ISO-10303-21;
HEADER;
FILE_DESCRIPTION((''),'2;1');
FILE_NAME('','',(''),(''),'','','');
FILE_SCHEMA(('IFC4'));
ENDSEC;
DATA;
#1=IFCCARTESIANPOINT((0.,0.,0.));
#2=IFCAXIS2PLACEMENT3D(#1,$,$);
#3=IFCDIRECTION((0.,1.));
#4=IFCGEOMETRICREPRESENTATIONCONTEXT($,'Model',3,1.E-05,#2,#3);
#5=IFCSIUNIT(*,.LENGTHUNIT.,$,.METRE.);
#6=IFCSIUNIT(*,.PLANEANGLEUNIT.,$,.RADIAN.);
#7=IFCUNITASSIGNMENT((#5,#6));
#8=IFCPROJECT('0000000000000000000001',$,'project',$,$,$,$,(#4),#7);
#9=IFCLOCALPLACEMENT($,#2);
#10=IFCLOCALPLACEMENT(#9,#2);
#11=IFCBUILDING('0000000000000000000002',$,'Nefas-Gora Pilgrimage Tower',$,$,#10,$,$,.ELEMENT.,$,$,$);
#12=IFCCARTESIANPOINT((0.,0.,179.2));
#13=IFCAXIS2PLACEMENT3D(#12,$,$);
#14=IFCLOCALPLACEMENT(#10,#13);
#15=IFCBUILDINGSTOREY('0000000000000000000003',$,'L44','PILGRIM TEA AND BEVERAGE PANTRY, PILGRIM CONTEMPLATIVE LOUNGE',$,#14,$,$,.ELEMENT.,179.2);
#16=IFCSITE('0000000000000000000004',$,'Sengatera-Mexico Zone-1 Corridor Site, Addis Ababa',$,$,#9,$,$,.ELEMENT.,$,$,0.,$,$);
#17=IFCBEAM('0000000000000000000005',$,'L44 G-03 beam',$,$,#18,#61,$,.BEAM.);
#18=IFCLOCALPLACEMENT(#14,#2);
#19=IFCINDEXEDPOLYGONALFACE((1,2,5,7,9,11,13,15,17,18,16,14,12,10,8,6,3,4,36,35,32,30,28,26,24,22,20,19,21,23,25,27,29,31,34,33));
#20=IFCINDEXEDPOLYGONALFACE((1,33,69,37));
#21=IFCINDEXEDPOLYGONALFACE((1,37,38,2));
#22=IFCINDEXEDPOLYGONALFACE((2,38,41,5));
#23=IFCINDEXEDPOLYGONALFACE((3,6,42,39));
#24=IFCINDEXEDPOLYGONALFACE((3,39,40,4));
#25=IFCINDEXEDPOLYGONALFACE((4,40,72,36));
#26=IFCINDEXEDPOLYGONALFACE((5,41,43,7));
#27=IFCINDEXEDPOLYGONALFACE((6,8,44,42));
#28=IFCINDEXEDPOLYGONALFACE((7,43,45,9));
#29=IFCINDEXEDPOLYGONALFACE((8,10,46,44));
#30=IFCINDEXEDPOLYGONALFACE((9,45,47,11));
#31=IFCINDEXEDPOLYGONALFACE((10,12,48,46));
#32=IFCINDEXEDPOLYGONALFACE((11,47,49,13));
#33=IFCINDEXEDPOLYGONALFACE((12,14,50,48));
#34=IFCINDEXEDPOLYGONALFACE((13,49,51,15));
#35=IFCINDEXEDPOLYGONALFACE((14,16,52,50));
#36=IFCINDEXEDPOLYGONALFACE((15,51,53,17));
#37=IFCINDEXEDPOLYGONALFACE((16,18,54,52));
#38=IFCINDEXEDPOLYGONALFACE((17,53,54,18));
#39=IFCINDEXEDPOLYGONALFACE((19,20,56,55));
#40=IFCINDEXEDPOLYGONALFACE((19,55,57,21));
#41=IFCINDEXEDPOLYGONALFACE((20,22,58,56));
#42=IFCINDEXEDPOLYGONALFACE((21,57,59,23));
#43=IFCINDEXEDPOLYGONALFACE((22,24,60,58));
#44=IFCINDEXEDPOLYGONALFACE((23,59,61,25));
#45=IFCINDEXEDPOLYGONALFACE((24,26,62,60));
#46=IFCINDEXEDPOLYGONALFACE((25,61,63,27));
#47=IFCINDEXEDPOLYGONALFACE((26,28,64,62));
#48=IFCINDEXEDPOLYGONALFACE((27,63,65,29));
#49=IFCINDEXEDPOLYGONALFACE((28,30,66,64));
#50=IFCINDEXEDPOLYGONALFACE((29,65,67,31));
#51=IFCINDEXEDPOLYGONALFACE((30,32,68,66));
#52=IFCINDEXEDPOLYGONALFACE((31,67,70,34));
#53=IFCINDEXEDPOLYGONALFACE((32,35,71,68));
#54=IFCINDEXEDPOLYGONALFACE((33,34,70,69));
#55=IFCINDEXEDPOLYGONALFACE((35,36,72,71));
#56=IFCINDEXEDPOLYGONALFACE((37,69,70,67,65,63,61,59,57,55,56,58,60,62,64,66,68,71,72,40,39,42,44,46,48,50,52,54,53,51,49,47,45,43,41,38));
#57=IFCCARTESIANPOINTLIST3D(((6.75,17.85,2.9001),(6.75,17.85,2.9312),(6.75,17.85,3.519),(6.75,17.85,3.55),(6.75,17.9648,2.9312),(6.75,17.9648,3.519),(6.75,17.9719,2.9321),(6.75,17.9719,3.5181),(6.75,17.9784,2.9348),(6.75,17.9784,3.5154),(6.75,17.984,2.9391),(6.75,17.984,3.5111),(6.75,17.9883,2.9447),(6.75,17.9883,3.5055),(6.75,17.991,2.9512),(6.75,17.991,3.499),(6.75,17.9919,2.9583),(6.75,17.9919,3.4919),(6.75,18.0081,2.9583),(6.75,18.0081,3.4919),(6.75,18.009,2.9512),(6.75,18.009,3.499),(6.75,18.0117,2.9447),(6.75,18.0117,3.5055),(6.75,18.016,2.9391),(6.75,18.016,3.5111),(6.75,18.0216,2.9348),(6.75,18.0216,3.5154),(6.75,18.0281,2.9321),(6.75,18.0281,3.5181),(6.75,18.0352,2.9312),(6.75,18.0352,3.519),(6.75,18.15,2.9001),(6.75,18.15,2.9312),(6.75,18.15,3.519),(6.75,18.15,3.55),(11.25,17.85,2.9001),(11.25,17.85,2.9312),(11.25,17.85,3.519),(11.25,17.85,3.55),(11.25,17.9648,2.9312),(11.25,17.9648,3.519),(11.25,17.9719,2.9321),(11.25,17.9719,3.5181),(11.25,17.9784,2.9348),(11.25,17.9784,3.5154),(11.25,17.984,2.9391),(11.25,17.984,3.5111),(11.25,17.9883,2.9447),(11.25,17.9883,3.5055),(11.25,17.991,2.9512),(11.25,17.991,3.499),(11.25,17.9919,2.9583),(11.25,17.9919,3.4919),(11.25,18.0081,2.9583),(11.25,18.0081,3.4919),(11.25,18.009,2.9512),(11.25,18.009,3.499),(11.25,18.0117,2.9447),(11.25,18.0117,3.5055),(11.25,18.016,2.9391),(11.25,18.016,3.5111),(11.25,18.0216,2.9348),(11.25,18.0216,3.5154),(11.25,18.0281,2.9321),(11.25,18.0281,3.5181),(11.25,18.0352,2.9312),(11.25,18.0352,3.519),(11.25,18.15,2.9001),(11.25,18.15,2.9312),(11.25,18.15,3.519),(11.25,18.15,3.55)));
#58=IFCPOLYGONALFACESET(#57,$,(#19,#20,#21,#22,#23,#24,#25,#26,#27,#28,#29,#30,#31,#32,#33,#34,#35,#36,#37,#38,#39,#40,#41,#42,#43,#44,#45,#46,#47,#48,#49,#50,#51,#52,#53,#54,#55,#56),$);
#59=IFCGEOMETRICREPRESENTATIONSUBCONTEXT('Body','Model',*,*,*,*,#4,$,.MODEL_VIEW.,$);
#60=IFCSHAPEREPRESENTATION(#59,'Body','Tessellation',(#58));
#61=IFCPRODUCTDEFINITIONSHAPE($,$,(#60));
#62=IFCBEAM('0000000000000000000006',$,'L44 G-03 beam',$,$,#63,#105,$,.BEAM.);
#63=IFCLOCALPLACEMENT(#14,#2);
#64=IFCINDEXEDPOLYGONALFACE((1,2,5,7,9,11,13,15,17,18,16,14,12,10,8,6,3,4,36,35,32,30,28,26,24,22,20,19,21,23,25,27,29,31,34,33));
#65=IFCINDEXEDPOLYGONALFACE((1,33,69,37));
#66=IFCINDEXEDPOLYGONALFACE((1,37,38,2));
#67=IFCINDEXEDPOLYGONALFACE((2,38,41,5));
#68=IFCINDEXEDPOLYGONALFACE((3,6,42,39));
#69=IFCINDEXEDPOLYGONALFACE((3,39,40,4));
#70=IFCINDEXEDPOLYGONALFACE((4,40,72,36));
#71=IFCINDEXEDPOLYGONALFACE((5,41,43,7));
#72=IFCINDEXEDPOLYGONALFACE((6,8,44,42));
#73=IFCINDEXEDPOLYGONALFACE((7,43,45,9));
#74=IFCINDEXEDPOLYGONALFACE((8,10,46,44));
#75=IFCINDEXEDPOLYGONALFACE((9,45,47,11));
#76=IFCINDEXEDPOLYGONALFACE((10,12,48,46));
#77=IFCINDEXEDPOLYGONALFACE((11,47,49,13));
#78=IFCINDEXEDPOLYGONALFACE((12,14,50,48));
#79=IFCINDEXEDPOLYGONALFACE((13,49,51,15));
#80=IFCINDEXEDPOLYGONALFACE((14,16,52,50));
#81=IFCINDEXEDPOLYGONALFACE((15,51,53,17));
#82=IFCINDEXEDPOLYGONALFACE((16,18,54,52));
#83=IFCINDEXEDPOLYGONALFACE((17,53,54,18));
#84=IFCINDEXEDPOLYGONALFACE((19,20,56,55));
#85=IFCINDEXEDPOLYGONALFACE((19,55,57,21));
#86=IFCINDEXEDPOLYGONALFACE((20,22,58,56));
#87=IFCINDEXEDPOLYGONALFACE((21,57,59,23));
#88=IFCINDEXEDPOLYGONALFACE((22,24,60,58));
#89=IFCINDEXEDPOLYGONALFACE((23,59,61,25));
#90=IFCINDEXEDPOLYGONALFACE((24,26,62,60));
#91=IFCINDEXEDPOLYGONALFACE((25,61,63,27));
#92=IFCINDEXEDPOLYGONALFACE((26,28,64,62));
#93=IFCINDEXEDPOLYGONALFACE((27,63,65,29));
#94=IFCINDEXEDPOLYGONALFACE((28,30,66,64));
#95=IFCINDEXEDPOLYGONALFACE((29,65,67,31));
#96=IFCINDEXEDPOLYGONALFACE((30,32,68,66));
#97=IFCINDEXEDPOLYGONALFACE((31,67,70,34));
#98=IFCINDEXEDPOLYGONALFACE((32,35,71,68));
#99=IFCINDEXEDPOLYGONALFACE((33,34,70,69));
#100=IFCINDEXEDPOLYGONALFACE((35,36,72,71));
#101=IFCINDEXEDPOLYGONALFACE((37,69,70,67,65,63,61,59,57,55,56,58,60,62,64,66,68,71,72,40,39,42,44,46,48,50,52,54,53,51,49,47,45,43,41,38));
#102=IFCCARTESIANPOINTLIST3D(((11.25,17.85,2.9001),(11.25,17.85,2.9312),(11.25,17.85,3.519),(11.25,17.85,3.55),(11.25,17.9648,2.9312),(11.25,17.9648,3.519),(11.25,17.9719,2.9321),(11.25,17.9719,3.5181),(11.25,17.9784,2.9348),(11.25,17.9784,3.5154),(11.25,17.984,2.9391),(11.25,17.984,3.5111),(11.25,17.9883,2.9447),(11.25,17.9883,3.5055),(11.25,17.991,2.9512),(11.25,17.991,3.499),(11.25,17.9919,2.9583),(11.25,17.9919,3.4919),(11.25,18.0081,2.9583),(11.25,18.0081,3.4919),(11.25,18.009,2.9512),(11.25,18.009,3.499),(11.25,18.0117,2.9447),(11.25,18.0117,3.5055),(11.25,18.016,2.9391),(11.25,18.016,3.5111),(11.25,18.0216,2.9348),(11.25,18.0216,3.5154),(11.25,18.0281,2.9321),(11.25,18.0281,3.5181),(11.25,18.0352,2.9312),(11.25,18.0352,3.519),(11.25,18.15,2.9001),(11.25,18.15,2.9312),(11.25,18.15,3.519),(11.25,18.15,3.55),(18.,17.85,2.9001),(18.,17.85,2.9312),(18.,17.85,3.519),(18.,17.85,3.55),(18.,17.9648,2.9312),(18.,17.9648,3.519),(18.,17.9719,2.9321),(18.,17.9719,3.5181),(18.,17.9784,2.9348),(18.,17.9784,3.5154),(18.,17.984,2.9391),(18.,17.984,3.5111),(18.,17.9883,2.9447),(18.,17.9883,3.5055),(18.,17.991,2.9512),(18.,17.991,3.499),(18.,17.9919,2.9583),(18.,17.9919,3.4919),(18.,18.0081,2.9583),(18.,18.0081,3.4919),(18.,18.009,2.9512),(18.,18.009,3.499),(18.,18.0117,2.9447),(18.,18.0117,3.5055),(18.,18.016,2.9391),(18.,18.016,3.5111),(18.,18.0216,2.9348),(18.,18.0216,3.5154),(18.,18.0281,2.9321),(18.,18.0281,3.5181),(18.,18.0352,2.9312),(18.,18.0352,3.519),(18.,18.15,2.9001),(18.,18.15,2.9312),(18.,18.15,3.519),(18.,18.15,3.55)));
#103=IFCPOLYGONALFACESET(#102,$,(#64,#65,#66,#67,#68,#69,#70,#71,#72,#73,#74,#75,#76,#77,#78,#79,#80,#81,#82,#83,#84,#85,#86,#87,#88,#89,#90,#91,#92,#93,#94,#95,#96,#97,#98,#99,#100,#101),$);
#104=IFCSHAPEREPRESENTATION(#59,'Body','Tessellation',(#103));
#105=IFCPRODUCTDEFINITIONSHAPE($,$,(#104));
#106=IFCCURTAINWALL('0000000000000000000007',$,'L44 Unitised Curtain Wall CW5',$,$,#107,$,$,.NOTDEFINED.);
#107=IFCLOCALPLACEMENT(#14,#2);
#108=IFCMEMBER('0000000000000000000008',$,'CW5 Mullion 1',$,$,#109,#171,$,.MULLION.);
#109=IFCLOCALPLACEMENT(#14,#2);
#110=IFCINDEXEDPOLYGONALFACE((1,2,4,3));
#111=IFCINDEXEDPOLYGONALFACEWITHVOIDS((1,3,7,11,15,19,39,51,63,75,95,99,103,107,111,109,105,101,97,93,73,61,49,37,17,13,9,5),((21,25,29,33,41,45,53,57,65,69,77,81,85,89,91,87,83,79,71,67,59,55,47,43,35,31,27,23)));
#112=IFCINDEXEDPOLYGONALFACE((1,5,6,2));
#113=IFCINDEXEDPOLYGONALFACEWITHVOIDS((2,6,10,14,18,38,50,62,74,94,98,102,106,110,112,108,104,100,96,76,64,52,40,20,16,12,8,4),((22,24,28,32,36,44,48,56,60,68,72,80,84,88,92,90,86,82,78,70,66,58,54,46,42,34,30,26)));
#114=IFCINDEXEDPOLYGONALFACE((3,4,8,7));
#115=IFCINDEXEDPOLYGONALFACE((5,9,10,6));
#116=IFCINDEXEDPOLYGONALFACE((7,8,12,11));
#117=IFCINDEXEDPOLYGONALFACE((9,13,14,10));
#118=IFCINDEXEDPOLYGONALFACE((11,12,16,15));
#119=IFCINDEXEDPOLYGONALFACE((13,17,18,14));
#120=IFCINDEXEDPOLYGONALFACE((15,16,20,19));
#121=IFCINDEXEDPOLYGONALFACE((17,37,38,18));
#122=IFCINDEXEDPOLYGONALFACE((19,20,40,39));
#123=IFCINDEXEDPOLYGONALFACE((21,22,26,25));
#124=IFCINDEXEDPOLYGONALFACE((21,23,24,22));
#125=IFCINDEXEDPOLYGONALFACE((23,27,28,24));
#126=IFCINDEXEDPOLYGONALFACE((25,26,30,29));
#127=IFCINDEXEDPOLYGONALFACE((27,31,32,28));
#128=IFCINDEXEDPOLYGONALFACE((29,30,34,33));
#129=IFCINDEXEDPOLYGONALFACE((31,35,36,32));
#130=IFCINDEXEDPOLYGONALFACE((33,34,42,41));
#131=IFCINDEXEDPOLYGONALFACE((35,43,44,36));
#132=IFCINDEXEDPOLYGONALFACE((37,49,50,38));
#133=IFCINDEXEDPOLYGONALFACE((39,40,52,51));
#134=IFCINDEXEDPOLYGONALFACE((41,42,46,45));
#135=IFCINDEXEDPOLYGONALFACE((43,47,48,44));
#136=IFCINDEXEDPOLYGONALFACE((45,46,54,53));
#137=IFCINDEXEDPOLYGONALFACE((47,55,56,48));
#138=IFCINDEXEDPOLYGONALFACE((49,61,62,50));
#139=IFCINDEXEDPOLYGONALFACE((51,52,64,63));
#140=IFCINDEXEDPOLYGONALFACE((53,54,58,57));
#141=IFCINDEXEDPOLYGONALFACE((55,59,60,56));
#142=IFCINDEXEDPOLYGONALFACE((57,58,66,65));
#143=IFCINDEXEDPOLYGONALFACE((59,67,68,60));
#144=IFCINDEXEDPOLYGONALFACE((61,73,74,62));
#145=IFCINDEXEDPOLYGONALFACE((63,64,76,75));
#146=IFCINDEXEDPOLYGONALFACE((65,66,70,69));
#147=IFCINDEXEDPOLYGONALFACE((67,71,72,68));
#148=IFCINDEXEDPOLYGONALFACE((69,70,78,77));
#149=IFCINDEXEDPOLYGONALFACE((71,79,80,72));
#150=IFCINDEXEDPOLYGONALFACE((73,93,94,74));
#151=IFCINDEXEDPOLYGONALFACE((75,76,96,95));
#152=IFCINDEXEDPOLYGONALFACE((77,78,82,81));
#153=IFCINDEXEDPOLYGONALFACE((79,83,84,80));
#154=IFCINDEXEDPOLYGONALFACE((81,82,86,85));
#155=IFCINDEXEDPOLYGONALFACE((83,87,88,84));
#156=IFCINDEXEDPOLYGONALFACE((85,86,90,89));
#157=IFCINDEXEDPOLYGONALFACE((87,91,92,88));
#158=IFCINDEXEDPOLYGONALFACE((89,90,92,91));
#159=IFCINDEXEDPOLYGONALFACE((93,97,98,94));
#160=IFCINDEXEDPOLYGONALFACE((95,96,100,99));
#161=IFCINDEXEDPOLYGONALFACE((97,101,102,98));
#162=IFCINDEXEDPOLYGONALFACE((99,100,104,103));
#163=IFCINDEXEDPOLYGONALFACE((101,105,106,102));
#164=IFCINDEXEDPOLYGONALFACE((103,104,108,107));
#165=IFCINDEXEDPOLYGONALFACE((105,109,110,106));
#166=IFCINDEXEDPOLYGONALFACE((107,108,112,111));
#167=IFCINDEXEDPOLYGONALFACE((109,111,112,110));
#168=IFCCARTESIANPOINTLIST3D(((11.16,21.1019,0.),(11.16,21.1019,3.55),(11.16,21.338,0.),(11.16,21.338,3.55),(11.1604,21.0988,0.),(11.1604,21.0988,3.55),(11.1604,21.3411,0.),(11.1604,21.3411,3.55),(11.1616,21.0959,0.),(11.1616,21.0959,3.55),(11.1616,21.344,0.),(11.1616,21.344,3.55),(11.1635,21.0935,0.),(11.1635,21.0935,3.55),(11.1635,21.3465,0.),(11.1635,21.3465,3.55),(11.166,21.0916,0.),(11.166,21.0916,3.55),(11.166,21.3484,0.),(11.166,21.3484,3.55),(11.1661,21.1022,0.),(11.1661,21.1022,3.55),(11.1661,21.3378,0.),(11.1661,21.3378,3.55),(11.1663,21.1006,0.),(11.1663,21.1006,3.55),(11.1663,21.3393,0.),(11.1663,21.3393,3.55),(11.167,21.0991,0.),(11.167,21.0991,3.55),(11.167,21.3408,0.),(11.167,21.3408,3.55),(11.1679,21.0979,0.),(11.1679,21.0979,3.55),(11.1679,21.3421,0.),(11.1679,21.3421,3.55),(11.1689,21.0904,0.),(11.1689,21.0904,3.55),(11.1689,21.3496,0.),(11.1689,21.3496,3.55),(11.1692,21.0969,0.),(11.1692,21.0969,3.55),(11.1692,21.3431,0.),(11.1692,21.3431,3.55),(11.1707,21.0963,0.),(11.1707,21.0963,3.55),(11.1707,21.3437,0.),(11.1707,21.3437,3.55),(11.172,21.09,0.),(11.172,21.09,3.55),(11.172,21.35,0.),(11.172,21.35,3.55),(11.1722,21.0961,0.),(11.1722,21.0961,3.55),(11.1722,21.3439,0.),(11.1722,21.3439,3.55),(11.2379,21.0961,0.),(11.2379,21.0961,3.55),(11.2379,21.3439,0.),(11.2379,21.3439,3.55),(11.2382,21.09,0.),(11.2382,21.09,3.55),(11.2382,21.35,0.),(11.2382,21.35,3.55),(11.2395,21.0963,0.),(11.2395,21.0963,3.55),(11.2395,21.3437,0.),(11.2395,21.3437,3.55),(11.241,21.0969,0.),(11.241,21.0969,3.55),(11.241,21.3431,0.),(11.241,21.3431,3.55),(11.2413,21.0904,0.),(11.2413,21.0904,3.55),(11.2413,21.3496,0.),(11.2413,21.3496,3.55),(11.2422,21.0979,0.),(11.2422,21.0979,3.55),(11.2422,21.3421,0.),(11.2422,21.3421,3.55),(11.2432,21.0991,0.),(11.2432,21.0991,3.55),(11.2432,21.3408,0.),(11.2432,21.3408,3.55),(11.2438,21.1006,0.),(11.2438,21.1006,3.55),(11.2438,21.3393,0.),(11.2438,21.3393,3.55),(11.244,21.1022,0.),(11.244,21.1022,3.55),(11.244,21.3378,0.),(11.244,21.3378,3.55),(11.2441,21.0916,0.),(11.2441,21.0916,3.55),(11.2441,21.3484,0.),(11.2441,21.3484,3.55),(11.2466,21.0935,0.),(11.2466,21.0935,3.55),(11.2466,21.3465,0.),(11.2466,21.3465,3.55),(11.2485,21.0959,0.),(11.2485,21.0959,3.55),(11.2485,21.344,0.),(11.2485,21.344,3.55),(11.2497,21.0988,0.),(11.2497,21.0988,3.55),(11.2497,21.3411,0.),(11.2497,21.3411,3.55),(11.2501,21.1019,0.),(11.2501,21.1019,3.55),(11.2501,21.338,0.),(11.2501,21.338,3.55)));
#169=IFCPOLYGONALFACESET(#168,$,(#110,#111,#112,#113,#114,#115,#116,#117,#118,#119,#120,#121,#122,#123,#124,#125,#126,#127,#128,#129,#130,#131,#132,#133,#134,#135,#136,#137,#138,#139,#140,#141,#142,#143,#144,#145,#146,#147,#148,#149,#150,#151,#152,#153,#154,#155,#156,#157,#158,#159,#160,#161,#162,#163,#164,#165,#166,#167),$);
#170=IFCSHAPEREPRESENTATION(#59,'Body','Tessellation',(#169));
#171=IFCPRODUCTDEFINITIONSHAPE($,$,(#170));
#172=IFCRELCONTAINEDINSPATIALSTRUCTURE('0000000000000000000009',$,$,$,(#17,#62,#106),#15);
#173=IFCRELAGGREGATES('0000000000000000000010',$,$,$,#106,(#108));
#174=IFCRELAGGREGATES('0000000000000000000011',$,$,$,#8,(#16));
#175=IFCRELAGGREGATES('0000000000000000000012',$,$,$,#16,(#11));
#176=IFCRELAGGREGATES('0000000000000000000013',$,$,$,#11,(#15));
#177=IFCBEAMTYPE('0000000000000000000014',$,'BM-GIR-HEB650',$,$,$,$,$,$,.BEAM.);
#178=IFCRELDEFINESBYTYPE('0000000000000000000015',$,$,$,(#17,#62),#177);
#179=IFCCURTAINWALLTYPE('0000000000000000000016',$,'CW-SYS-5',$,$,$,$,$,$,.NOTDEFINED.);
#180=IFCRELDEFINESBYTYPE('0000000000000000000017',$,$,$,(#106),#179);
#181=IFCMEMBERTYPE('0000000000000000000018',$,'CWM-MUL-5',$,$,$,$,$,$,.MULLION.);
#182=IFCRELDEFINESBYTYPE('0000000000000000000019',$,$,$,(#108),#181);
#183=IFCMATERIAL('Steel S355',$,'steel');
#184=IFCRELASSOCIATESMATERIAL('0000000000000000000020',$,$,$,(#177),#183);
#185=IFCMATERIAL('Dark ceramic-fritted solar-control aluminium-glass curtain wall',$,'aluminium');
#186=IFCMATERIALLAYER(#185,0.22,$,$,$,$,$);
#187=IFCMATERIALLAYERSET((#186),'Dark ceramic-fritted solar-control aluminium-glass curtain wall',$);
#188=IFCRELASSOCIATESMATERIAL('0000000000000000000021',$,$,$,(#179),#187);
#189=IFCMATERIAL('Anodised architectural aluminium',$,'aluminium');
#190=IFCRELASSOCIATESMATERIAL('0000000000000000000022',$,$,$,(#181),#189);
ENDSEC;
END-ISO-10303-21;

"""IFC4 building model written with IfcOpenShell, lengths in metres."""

from ifc_helpers import new_model, si_unit, direction, frame, origin, origin_2d, place, context, subcontext, project, spatial, hollow_rectangle, i_section, extrude, source, transform, mapped, material, layer, layer_set, material_profile, profile_set, type_object, element, aggregate, save


model = new_model("IFC4")

# Units and contexts
model_context = context("Model", 3, precision=1e-05, world=origin(), true_north=direction((0.0, 1.0)))
body_context = subcontext(model_context, "Body", "Model", "MODEL_VIEW")
ifc_project = project(units=[si_unit("LENGTHUNIT", "METRE"), si_unit("PLANEANGLEUNIT", "RADIAN")], contexts=[model_context])

# Site, building, storey
site_placement = place(None, origin())
site = spatial("IfcSite", under=ifc_project, at=site_placement, Name="Sengatera-Mexico Zone-1 Corridor Site, Addis Ababa", CompositionType="ELEMENT", RefElevation=0.0)
building_placement = place(site_placement, origin())
building = spatial("IfcBuilding", under=site, at=building_placement, Name="Nefas-Gora Pilgrimage Tower", CompositionType="ELEMENT")
storey_placement = place(building_placement, frame((0.0, 0.0, 179.2)))
storey = spatial("IfcBuildingStorey", under=building, at=storey_placement, Name="L44", Description="PILGRIM TEA AND BEVERAGE PANTRY, PILGRIM CONTEMPLATIVE LOUNGE", CompositionType="ELEMENT", Elevation=179.2)

# Beams
ifc_material_1 = material(Name="Steel S355", Category="steel")
ifc_material_profile_1 = material_profile(ifc_material_1, i_section(OverallWidth=0.3, OverallDepth=0.6499, WebThickness=0.0161, FlangeThickness=0.031, FilletRadius=0.0271, at=origin_2d()), Name="HEB 650")
ifc_profile_set_1 = profile_set([ifc_material_profile_1], Name="Steel S355")
beam_type = type_object("IfcBeamType", Name="BM-GIR-HEB650", PredefinedType="BEAM", material=ifc_profile_set_1)
shared_shape_1 = source(origin(), body_context, "Body", "SweptSolid", [
    extrude(i_section(OverallWidth=0.3, OverallDepth=0.6499, WebThickness=0.0161, FlangeThickness=0.031, FilletRadius=0.0271, at=origin_2d()), origin(), (0.0, 0.0, 1.0), 4.5),
])
for number, where, z_axis, x_axis, name in (
    (1, (6.75, 18.0, 3.2251), (1.0, 0.0, 0.0), (0.0, 1.0, 0.0), "L44 G-03 beam"),
):
    element("IfcBeam", number, at=place(storey_placement, frame(where, z_axis=z_axis, x_axis=x_axis)), inside=storey, type_object=beam_type, Name=name, PredefinedType="BEAM", context=body_context, shape_type="MappedRepresentation", body=[
        mapped(shared_shape_1, transform((0.0, 0.0, 0.0), x_axis=(1.0, 0.0, 0.0), y_axis=(0.0, 1.0, 0.0), z_axis=(0.0, 0.0, 1.0), scale=1.0)),
    ])
shared_shape_2 = source(origin(), body_context, "Body", "SweptSolid", [
    extrude(i_section(OverallWidth=0.3, OverallDepth=0.6499, WebThickness=0.0161, FlangeThickness=0.031, FilletRadius=0.0271, at=origin_2d()), origin(), (0.0, 0.0, 1.0), 6.75),
])
beam_placement = place(storey_placement, frame((11.25, 18.0, 3.2251), z_axis=(1.0, 0.0, 0.0), x_axis=(0.0, 1.0, 0.0)))
element("IfcBeam", 2, at=beam_placement, inside=storey, type_object=beam_type, Name="L44 G-03 beam", PredefinedType="BEAM", context=body_context, shape_type="MappedRepresentation", body=[
    mapped(shared_shape_2, transform((0.0, 0.0, 0.0), x_axis=(1.0, 0.0, 0.0), y_axis=(0.0, 1.0, 0.0), z_axis=(0.0, 0.0, 1.0), scale=1.0)),
])

# Curtain wall, member
ifc_material_2 = material(Name="Dark ceramic-fritted solar-control aluminium-glass curtain wall", Category="aluminium")
ifc_layer_1 = layer(ifc_material_2, 0.22)
ifc_layer_set_1 = layer_set([ifc_layer_1], Name="Dark ceramic-fritted solar-control aluminium-glass curtain wall")
curtain_wall_type = type_object("IfcCurtainWallType", Name="CW-SYS-5", PredefinedType="NOTDEFINED", material=ifc_layer_set_1)
curtain_wall_placement = place(storey_placement, origin())
curtain_wall = element("IfcCurtainWall", 3, at=curtain_wall_placement, inside=storey, type_object=curtain_wall_type, Name="L44 Unitised Curtain Wall CW5", PredefinedType="NOTDEFINED")
ifc_material_3 = material(Name="Anodised architectural aluminium", Category="aluminium")
ifc_material_profile_2 = material_profile(ifc_material_3, hollow_rectangle(XDim=0.0901, YDim=0.26, WallThickness=0.0061, InnerFilletRadius=0.0061, OuterFilletRadius=0.012, at=origin_2d()), Name="ALU MULLION 90x260")
ifc_profile_set_2 = profile_set([ifc_material_profile_2], Name="Anodised architectural aluminium")
member_type_1 = type_object("IfcMemberType", Name="CWM-MUL-5", PredefinedType="MULLION", material=ifc_profile_set_2)
shared_shape_3 = source(origin(), body_context, "Body", "SweptSolid", [
    extrude(hollow_rectangle(XDim=0.0901, YDim=0.26, WallThickness=0.0061, InnerFilletRadius=0.0061, OuterFilletRadius=0.012, at=origin_2d()), origin(), (0.0, 0.0, 1.0), 3.55),
])
member_1_placement = place(storey_placement, frame((11.2051, 21.22, 0.0), z_axis=(0.0, 0.0, 1.0), x_axis=(-1.0, 0.0, 0.0)))
member_1 = element("IfcMember", 4, at=member_1_placement, type_object=member_type_1, Name="CW5 Mullion 1", PredefinedType="MULLION", context=body_context, shape_type="MappedRepresentation", body=[
    mapped(shared_shape_3, transform((0.0, 0.0, 0.0), x_axis=(1.0, 0.0, 0.0), y_axis=(0.0, 1.0, 0.0), z_axis=(0.0, 0.0, 1.0), scale=1.0)),
])
aggregate(curtain_wall, [member_1])

save(model, "model.ifc")
